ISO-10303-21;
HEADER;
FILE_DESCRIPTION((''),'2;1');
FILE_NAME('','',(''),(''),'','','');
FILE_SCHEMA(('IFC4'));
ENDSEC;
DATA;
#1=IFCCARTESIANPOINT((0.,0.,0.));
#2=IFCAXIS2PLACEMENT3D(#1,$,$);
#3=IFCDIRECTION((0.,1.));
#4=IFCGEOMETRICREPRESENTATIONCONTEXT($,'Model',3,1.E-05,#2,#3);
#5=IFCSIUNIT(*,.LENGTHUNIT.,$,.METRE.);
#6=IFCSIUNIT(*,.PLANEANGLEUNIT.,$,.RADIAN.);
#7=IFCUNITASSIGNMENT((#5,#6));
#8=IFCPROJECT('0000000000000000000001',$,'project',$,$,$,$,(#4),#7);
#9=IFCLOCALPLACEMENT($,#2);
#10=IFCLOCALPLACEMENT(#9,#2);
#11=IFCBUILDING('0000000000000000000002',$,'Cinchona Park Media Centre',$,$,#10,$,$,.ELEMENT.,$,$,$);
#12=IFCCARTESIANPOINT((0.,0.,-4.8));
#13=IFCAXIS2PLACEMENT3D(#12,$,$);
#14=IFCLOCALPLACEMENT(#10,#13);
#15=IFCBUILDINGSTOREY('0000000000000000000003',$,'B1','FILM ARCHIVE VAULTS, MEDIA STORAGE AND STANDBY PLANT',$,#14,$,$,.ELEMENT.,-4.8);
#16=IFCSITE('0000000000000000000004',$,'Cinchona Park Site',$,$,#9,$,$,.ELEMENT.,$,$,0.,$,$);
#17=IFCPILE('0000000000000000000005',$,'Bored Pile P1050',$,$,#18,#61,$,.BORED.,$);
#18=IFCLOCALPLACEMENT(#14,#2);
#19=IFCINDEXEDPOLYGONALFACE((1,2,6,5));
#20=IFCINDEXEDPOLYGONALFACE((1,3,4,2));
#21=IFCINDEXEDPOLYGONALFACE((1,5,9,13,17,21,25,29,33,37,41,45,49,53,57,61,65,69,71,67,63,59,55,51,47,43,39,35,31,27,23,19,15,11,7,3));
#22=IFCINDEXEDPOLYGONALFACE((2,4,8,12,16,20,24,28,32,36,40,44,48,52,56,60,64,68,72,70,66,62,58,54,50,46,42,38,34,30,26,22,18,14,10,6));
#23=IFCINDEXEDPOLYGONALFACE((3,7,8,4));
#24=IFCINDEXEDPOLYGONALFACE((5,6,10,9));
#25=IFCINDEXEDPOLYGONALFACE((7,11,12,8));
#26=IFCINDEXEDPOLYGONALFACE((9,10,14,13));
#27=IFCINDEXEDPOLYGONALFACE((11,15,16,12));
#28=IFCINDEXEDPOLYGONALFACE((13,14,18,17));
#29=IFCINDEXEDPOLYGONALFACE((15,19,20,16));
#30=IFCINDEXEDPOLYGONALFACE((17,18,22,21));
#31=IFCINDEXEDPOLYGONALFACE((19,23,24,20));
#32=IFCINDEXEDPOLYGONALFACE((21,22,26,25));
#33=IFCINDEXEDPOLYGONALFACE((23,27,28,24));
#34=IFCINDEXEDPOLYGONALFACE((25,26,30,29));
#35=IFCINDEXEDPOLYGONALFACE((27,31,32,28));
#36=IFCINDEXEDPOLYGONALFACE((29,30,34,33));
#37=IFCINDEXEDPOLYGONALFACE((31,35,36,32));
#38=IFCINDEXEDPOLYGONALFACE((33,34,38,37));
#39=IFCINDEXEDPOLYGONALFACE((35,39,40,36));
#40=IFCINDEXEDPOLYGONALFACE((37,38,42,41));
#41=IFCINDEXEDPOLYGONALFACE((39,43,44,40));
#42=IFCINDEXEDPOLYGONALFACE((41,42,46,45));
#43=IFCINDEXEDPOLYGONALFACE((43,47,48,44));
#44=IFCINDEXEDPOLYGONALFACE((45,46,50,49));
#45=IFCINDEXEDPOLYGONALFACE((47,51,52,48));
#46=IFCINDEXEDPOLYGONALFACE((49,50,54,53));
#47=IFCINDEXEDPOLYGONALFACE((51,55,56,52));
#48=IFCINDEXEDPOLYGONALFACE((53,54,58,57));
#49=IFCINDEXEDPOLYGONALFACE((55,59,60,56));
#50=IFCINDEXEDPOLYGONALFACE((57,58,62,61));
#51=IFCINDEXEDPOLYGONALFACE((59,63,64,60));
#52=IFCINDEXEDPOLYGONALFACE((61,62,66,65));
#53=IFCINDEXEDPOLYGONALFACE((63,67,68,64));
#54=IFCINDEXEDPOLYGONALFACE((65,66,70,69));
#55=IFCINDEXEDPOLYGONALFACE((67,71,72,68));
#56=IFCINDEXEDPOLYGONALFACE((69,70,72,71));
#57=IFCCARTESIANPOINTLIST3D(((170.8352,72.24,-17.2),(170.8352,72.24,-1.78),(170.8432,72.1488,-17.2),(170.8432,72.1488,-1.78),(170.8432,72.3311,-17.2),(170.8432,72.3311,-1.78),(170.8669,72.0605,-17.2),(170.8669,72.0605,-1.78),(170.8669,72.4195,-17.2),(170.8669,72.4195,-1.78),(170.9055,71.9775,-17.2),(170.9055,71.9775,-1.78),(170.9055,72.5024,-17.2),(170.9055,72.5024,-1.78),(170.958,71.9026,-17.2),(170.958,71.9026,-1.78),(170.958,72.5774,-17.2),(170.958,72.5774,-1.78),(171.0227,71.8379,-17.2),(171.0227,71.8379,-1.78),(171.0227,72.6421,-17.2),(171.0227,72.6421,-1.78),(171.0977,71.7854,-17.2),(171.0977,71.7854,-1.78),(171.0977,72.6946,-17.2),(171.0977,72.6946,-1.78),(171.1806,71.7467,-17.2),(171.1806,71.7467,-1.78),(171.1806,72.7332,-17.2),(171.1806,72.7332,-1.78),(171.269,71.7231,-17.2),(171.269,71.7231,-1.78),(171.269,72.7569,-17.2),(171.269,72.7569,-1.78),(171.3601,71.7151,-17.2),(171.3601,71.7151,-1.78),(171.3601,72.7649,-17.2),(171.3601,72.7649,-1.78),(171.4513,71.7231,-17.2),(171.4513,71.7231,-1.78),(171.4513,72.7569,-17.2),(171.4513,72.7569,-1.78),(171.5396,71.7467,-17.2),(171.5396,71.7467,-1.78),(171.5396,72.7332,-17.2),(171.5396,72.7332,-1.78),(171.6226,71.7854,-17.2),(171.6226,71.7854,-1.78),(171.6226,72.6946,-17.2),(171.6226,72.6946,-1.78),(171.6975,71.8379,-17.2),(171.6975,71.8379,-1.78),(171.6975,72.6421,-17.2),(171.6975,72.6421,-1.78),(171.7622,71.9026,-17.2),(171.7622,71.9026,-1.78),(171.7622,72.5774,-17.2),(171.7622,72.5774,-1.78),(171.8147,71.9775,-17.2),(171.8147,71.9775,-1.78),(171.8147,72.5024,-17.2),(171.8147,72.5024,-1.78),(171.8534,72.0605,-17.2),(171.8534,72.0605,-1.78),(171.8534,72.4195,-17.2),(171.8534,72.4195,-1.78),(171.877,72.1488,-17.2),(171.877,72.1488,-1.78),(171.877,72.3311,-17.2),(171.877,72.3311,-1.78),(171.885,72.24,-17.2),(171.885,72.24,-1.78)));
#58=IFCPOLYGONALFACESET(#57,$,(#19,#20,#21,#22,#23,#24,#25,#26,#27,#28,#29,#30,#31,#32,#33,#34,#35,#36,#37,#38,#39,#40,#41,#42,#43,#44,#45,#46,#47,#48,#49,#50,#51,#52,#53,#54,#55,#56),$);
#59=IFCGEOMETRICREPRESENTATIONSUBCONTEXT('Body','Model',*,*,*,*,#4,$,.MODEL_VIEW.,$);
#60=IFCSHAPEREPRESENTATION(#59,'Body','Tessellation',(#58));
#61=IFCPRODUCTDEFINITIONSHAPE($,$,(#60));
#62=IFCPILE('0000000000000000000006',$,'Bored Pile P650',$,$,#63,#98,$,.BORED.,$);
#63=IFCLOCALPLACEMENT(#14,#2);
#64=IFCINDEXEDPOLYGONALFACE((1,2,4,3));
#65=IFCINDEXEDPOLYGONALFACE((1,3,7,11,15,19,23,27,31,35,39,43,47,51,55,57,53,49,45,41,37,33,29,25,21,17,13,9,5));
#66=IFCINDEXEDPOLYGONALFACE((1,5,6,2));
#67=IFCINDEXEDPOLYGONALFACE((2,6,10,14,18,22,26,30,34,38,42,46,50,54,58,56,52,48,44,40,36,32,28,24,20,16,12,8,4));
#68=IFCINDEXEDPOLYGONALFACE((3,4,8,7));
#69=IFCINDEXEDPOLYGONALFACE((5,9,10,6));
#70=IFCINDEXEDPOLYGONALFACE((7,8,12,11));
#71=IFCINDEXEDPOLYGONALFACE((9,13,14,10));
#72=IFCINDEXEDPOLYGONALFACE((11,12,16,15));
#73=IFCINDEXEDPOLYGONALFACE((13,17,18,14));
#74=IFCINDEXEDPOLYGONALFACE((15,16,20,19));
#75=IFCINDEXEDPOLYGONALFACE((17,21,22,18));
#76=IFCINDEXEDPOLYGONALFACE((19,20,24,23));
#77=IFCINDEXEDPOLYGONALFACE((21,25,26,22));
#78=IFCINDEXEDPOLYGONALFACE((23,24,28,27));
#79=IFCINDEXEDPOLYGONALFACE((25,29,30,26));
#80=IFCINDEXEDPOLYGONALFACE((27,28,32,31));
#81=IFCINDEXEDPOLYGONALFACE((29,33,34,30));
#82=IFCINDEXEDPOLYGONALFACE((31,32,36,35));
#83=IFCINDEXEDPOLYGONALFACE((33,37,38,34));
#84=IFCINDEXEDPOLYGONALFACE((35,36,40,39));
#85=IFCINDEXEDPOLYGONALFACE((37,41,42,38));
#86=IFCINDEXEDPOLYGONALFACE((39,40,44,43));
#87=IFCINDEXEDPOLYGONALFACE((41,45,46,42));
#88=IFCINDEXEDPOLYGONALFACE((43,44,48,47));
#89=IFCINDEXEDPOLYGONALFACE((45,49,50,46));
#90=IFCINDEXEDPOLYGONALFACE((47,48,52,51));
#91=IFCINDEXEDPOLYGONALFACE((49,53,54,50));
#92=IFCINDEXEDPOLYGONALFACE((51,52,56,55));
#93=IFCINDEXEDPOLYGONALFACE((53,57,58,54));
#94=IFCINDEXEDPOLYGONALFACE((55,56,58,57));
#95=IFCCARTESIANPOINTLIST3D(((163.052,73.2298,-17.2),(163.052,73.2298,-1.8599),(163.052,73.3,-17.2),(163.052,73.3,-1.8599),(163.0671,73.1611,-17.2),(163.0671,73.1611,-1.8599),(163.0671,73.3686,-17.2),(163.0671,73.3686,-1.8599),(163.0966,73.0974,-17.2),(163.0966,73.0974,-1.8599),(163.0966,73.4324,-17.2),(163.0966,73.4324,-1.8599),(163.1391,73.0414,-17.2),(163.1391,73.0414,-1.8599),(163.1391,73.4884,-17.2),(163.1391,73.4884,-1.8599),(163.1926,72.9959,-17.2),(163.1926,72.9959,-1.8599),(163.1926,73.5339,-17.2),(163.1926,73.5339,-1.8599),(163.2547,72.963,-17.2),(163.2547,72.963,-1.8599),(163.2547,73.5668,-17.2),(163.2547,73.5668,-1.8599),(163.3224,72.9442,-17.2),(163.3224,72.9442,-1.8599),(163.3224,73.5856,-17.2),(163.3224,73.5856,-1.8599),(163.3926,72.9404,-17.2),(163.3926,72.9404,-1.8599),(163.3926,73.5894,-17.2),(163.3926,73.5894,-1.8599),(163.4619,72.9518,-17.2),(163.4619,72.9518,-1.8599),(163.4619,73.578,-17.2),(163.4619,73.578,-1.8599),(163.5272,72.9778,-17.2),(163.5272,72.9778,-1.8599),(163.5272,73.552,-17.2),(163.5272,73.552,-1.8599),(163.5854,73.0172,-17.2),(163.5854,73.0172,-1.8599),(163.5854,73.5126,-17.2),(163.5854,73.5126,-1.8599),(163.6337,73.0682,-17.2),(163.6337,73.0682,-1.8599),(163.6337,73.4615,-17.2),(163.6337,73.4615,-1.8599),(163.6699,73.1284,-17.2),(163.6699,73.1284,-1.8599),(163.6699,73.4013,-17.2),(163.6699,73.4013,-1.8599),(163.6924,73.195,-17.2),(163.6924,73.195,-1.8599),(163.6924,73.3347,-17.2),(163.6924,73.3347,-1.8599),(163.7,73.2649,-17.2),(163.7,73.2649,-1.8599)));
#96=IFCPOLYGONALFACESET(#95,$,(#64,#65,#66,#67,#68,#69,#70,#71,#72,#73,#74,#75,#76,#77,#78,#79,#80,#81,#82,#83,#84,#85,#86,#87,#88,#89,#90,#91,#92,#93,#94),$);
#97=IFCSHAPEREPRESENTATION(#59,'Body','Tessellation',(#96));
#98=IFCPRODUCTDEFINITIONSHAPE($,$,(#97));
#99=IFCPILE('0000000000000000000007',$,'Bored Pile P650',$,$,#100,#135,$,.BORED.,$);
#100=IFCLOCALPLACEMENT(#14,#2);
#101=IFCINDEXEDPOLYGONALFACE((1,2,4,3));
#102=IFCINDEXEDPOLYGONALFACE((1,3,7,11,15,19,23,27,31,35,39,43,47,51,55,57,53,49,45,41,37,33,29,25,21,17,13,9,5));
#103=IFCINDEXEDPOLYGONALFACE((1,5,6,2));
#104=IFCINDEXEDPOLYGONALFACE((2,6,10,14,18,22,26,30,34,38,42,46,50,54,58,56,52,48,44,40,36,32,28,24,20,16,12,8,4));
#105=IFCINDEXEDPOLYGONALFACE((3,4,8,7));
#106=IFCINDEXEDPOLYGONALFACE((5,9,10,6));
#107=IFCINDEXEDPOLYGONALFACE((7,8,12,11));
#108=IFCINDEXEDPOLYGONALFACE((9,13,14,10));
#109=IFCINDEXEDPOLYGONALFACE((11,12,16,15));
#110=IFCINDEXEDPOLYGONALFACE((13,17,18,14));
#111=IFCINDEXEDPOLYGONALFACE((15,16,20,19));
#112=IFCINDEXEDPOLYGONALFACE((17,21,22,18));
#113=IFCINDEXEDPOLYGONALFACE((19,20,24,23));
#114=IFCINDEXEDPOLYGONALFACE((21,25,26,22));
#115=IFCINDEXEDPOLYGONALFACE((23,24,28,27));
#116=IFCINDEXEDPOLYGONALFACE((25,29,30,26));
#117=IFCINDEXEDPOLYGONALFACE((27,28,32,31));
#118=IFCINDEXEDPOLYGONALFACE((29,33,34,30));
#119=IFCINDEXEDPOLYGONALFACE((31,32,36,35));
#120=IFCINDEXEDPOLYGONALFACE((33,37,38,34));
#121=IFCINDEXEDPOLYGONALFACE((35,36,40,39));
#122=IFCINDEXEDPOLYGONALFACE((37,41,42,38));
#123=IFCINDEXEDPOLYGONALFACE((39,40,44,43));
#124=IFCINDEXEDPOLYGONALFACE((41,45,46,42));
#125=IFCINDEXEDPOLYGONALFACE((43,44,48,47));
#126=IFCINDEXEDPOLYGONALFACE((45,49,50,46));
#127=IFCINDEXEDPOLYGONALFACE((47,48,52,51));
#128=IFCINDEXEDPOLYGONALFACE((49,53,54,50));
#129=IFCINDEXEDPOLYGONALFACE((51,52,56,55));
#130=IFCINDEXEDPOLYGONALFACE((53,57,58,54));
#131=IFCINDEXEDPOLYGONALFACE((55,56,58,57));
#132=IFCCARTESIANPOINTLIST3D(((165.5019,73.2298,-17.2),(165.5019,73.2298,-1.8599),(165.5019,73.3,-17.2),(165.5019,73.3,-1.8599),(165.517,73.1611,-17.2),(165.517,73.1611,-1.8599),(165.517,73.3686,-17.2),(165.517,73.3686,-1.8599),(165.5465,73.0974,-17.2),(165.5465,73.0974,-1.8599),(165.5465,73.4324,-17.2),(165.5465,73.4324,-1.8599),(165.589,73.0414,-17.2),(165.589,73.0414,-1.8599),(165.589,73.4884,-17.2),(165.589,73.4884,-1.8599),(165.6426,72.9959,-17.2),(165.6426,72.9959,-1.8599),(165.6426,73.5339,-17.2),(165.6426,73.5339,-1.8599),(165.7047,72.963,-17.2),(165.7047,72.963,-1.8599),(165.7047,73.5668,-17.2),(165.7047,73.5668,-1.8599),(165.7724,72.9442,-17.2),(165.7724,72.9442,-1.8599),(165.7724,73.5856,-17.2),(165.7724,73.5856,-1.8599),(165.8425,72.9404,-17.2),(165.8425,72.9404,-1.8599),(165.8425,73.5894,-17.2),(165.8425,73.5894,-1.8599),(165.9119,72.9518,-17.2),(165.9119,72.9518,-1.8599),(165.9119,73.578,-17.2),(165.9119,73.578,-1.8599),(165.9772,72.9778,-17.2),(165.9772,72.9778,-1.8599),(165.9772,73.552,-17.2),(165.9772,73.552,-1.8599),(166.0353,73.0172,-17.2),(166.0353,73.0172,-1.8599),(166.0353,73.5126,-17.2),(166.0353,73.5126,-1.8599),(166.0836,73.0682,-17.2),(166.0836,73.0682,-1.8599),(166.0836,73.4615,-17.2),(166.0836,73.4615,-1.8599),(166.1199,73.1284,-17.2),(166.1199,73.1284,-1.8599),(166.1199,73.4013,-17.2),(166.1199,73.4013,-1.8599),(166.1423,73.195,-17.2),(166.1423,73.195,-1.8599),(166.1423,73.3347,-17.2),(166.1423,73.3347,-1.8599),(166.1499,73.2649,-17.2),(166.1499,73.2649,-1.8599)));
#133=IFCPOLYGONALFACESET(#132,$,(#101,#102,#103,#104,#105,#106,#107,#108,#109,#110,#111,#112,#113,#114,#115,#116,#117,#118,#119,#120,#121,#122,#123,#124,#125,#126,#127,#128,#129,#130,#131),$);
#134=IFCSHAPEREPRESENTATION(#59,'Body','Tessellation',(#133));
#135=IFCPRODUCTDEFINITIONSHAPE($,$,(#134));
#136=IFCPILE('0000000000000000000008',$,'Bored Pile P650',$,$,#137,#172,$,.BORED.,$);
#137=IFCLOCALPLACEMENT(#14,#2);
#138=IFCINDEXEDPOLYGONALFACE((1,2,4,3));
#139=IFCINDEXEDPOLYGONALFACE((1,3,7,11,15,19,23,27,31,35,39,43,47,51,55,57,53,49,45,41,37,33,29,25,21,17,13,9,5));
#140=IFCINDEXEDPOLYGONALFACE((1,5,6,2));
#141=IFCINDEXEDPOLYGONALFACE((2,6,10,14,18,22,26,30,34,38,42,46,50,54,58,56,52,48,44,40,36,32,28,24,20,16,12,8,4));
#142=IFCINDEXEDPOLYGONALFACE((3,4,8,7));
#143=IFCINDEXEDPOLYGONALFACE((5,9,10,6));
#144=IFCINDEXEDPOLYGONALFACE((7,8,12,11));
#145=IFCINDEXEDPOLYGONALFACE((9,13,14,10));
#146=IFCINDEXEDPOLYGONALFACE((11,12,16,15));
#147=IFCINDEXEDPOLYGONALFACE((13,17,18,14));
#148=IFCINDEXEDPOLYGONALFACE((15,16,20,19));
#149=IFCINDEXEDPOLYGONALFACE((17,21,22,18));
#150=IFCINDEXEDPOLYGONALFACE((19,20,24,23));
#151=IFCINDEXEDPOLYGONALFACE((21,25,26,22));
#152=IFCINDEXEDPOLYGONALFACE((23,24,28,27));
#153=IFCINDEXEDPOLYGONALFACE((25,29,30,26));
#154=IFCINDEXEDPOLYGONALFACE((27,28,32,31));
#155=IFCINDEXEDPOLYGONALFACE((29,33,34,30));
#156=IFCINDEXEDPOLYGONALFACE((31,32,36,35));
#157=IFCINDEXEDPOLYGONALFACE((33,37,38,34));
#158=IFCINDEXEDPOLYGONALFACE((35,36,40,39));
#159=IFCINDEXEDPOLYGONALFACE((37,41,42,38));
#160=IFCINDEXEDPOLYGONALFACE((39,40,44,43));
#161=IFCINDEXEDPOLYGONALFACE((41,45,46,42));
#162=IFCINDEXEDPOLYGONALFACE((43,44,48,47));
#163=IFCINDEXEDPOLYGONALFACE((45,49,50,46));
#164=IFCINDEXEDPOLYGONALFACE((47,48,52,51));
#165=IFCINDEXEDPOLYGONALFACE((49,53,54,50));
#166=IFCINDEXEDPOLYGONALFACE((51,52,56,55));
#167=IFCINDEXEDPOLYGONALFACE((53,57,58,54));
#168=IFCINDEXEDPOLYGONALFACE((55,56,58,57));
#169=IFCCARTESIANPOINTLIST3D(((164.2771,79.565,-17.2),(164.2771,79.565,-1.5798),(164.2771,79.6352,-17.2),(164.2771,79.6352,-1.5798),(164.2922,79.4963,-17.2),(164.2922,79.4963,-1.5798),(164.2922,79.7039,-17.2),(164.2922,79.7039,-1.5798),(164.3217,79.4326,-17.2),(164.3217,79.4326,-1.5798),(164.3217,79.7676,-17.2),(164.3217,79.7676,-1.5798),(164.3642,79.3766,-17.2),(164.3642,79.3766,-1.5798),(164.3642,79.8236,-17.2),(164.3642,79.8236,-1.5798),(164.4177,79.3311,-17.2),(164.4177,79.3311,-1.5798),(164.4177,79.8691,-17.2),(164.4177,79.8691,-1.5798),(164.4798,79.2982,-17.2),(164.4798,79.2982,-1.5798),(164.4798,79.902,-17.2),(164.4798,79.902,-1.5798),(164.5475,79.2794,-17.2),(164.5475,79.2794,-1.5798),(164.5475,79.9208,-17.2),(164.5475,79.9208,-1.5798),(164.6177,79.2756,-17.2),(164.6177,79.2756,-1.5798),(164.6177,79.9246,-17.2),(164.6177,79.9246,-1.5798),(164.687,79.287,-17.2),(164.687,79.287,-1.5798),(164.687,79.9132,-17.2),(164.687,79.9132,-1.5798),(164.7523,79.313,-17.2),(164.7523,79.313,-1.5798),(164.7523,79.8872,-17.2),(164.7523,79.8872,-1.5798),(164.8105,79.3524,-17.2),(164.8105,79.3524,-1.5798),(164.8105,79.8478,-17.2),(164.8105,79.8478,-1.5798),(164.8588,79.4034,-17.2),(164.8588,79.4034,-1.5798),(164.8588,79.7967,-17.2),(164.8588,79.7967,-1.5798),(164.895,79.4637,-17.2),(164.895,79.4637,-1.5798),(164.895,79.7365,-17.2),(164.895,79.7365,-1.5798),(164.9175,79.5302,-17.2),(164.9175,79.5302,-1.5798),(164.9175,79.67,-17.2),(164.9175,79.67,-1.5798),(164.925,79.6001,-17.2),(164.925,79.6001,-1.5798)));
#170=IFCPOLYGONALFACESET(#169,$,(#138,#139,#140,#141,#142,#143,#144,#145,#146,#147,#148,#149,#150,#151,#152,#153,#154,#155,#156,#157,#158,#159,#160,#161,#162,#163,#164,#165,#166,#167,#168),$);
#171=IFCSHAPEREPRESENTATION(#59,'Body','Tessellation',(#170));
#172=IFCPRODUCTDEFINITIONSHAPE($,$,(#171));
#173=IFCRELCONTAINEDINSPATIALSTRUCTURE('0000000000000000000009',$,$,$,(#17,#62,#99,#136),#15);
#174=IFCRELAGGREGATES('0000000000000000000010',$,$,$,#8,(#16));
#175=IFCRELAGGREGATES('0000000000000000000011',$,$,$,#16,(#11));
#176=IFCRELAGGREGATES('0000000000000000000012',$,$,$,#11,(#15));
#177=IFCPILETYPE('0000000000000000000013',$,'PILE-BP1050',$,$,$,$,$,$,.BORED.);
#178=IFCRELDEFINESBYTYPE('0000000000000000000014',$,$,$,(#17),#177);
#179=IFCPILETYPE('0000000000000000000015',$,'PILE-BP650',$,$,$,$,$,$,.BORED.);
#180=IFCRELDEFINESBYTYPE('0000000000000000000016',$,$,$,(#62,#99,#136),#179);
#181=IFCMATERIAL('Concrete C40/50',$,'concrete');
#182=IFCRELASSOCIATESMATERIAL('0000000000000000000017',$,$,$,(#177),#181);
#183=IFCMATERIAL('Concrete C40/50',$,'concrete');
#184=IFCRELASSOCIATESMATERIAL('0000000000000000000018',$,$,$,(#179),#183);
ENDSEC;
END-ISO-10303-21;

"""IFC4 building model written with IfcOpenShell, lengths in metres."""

from ifc_helpers import new_model, si_unit, direction, frame, origin, origin_2d, place, context, subcontext, project, spatial, circle, extrude, material, material_profile, profile_set, type_object, element, save


model = new_model("IFC4")

# Units and contexts
model_context = context("Model", 3, precision=1e-05, world=origin(), true_north=direction((0.0, 1.0)))
body_context = subcontext(model_context, "Body", "Model", "MODEL_VIEW")
ifc_project = project(units=[si_unit("LENGTHUNIT", "METRE"), si_unit("PLANEANGLEUNIT", "RADIAN")], contexts=[model_context])

# Site, building, storey
site_placement = place(None, origin())
site = spatial("IfcSite", under=ifc_project, at=site_placement, Name="Cinchona Park Site", CompositionType="ELEMENT", RefElevation=0.0)
building_placement = place(site_placement, origin())
building = spatial("IfcBuilding", under=site, at=building_placement, Name="Cinchona Park Media Centre", CompositionType="ELEMENT")
storey_placement = place(building_placement, frame((0.0, 0.0, -4.8)))
storey = spatial("IfcBuildingStorey", under=building, at=storey_placement, Name="B1", Description="FILM ARCHIVE VAULTS, MEDIA STORAGE AND STANDBY PLANT", CompositionType="ELEMENT", Elevation=-4.8)

# Piles
ifc_material_1 = material(Name="Concrete C40/50", Category="concrete")
ifc_material_profile_1 = material_profile(ifc_material_1, circle(Radius=0.5249, at=origin_2d()), Name="BORED PILE 1050")
ifc_profile_set_1 = profile_set([ifc_material_profile_1], Name="Concrete C40/50")
pile_type_1 = type_object("IfcPileType", Name="PILE-BP1050", PredefinedType="BORED", material=ifc_profile_set_1)
pile_1_placement = place(storey_placement, frame((171.3601, 72.24, -1.78), z_axis=(0.0, 0.0, -1.0), x_axis=(1.0, 0.0, 0.0)))
element("IfcPile", 1, at=pile_1_placement, inside=storey, type_object=pile_type_1, Name="Bored Pile P1050", PredefinedType="BORED", context=body_context, shape_type="SweptSolid", body=[
    extrude(circle(Radius=0.5249, at=origin_2d()), origin(), (0.0, 0.0, 1.0), 15.4199),
])
ifc_material_2 = material(Name="Concrete C40/50", Category="concrete")
ifc_material_profile_2 = material_profile(ifc_material_2, circle(Radius=0.325, at=origin_2d()), Name="BORED PILE 650")
ifc_profile_set_2 = profile_set([ifc_material_profile_2], Name="Concrete C40/50")
pile_type_2 = type_object("IfcPileType", Name="PILE-BP650", PredefinedType="BORED", material=ifc_profile_set_2)
for number, where, z_axis, x_axis, name in (
    (2, (163.375, 73.2649, -1.8599), (0.0, 0.0, -1.0), (1.0, 0.0, 0.0), "Bored Pile P650"),
    (3, (165.825, 73.2649, -1.8599), (0.0, 0.0, -1.0), (1.0, 0.0, 0.0), "Bored Pile P650"),
):
    element("IfcPile", number, at=place(storey_placement, frame(where, z_axis=z_axis, x_axis=x_axis)), inside=storey, type_object=pile_type_2, Name=name, PredefinedType="BORED", context=body_context, shape_type="SweptSolid", body=[
        extrude(circle(Radius=0.325, at=origin_2d()), origin(), (0.0, 0.0, 1.0), 15.3401),
    ])
pile_2_placement = place(storey_placement, frame((164.6001, 79.6001, -1.5798), z_axis=(0.0, 0.0, -1.0), x_axis=(1.0, 0.0, 0.0)))
element("IfcPile", 4, at=pile_2_placement, inside=storey, type_object=pile_type_2, Name="Bored Pile P650", PredefinedType="BORED", context=body_context, shape_type="SweptSolid", body=[
    extrude(circle(Radius=0.325, at=origin_2d()), origin(), (0.0, 0.0, 1.0), 15.6201),
])

save(model, "model.ifc")
